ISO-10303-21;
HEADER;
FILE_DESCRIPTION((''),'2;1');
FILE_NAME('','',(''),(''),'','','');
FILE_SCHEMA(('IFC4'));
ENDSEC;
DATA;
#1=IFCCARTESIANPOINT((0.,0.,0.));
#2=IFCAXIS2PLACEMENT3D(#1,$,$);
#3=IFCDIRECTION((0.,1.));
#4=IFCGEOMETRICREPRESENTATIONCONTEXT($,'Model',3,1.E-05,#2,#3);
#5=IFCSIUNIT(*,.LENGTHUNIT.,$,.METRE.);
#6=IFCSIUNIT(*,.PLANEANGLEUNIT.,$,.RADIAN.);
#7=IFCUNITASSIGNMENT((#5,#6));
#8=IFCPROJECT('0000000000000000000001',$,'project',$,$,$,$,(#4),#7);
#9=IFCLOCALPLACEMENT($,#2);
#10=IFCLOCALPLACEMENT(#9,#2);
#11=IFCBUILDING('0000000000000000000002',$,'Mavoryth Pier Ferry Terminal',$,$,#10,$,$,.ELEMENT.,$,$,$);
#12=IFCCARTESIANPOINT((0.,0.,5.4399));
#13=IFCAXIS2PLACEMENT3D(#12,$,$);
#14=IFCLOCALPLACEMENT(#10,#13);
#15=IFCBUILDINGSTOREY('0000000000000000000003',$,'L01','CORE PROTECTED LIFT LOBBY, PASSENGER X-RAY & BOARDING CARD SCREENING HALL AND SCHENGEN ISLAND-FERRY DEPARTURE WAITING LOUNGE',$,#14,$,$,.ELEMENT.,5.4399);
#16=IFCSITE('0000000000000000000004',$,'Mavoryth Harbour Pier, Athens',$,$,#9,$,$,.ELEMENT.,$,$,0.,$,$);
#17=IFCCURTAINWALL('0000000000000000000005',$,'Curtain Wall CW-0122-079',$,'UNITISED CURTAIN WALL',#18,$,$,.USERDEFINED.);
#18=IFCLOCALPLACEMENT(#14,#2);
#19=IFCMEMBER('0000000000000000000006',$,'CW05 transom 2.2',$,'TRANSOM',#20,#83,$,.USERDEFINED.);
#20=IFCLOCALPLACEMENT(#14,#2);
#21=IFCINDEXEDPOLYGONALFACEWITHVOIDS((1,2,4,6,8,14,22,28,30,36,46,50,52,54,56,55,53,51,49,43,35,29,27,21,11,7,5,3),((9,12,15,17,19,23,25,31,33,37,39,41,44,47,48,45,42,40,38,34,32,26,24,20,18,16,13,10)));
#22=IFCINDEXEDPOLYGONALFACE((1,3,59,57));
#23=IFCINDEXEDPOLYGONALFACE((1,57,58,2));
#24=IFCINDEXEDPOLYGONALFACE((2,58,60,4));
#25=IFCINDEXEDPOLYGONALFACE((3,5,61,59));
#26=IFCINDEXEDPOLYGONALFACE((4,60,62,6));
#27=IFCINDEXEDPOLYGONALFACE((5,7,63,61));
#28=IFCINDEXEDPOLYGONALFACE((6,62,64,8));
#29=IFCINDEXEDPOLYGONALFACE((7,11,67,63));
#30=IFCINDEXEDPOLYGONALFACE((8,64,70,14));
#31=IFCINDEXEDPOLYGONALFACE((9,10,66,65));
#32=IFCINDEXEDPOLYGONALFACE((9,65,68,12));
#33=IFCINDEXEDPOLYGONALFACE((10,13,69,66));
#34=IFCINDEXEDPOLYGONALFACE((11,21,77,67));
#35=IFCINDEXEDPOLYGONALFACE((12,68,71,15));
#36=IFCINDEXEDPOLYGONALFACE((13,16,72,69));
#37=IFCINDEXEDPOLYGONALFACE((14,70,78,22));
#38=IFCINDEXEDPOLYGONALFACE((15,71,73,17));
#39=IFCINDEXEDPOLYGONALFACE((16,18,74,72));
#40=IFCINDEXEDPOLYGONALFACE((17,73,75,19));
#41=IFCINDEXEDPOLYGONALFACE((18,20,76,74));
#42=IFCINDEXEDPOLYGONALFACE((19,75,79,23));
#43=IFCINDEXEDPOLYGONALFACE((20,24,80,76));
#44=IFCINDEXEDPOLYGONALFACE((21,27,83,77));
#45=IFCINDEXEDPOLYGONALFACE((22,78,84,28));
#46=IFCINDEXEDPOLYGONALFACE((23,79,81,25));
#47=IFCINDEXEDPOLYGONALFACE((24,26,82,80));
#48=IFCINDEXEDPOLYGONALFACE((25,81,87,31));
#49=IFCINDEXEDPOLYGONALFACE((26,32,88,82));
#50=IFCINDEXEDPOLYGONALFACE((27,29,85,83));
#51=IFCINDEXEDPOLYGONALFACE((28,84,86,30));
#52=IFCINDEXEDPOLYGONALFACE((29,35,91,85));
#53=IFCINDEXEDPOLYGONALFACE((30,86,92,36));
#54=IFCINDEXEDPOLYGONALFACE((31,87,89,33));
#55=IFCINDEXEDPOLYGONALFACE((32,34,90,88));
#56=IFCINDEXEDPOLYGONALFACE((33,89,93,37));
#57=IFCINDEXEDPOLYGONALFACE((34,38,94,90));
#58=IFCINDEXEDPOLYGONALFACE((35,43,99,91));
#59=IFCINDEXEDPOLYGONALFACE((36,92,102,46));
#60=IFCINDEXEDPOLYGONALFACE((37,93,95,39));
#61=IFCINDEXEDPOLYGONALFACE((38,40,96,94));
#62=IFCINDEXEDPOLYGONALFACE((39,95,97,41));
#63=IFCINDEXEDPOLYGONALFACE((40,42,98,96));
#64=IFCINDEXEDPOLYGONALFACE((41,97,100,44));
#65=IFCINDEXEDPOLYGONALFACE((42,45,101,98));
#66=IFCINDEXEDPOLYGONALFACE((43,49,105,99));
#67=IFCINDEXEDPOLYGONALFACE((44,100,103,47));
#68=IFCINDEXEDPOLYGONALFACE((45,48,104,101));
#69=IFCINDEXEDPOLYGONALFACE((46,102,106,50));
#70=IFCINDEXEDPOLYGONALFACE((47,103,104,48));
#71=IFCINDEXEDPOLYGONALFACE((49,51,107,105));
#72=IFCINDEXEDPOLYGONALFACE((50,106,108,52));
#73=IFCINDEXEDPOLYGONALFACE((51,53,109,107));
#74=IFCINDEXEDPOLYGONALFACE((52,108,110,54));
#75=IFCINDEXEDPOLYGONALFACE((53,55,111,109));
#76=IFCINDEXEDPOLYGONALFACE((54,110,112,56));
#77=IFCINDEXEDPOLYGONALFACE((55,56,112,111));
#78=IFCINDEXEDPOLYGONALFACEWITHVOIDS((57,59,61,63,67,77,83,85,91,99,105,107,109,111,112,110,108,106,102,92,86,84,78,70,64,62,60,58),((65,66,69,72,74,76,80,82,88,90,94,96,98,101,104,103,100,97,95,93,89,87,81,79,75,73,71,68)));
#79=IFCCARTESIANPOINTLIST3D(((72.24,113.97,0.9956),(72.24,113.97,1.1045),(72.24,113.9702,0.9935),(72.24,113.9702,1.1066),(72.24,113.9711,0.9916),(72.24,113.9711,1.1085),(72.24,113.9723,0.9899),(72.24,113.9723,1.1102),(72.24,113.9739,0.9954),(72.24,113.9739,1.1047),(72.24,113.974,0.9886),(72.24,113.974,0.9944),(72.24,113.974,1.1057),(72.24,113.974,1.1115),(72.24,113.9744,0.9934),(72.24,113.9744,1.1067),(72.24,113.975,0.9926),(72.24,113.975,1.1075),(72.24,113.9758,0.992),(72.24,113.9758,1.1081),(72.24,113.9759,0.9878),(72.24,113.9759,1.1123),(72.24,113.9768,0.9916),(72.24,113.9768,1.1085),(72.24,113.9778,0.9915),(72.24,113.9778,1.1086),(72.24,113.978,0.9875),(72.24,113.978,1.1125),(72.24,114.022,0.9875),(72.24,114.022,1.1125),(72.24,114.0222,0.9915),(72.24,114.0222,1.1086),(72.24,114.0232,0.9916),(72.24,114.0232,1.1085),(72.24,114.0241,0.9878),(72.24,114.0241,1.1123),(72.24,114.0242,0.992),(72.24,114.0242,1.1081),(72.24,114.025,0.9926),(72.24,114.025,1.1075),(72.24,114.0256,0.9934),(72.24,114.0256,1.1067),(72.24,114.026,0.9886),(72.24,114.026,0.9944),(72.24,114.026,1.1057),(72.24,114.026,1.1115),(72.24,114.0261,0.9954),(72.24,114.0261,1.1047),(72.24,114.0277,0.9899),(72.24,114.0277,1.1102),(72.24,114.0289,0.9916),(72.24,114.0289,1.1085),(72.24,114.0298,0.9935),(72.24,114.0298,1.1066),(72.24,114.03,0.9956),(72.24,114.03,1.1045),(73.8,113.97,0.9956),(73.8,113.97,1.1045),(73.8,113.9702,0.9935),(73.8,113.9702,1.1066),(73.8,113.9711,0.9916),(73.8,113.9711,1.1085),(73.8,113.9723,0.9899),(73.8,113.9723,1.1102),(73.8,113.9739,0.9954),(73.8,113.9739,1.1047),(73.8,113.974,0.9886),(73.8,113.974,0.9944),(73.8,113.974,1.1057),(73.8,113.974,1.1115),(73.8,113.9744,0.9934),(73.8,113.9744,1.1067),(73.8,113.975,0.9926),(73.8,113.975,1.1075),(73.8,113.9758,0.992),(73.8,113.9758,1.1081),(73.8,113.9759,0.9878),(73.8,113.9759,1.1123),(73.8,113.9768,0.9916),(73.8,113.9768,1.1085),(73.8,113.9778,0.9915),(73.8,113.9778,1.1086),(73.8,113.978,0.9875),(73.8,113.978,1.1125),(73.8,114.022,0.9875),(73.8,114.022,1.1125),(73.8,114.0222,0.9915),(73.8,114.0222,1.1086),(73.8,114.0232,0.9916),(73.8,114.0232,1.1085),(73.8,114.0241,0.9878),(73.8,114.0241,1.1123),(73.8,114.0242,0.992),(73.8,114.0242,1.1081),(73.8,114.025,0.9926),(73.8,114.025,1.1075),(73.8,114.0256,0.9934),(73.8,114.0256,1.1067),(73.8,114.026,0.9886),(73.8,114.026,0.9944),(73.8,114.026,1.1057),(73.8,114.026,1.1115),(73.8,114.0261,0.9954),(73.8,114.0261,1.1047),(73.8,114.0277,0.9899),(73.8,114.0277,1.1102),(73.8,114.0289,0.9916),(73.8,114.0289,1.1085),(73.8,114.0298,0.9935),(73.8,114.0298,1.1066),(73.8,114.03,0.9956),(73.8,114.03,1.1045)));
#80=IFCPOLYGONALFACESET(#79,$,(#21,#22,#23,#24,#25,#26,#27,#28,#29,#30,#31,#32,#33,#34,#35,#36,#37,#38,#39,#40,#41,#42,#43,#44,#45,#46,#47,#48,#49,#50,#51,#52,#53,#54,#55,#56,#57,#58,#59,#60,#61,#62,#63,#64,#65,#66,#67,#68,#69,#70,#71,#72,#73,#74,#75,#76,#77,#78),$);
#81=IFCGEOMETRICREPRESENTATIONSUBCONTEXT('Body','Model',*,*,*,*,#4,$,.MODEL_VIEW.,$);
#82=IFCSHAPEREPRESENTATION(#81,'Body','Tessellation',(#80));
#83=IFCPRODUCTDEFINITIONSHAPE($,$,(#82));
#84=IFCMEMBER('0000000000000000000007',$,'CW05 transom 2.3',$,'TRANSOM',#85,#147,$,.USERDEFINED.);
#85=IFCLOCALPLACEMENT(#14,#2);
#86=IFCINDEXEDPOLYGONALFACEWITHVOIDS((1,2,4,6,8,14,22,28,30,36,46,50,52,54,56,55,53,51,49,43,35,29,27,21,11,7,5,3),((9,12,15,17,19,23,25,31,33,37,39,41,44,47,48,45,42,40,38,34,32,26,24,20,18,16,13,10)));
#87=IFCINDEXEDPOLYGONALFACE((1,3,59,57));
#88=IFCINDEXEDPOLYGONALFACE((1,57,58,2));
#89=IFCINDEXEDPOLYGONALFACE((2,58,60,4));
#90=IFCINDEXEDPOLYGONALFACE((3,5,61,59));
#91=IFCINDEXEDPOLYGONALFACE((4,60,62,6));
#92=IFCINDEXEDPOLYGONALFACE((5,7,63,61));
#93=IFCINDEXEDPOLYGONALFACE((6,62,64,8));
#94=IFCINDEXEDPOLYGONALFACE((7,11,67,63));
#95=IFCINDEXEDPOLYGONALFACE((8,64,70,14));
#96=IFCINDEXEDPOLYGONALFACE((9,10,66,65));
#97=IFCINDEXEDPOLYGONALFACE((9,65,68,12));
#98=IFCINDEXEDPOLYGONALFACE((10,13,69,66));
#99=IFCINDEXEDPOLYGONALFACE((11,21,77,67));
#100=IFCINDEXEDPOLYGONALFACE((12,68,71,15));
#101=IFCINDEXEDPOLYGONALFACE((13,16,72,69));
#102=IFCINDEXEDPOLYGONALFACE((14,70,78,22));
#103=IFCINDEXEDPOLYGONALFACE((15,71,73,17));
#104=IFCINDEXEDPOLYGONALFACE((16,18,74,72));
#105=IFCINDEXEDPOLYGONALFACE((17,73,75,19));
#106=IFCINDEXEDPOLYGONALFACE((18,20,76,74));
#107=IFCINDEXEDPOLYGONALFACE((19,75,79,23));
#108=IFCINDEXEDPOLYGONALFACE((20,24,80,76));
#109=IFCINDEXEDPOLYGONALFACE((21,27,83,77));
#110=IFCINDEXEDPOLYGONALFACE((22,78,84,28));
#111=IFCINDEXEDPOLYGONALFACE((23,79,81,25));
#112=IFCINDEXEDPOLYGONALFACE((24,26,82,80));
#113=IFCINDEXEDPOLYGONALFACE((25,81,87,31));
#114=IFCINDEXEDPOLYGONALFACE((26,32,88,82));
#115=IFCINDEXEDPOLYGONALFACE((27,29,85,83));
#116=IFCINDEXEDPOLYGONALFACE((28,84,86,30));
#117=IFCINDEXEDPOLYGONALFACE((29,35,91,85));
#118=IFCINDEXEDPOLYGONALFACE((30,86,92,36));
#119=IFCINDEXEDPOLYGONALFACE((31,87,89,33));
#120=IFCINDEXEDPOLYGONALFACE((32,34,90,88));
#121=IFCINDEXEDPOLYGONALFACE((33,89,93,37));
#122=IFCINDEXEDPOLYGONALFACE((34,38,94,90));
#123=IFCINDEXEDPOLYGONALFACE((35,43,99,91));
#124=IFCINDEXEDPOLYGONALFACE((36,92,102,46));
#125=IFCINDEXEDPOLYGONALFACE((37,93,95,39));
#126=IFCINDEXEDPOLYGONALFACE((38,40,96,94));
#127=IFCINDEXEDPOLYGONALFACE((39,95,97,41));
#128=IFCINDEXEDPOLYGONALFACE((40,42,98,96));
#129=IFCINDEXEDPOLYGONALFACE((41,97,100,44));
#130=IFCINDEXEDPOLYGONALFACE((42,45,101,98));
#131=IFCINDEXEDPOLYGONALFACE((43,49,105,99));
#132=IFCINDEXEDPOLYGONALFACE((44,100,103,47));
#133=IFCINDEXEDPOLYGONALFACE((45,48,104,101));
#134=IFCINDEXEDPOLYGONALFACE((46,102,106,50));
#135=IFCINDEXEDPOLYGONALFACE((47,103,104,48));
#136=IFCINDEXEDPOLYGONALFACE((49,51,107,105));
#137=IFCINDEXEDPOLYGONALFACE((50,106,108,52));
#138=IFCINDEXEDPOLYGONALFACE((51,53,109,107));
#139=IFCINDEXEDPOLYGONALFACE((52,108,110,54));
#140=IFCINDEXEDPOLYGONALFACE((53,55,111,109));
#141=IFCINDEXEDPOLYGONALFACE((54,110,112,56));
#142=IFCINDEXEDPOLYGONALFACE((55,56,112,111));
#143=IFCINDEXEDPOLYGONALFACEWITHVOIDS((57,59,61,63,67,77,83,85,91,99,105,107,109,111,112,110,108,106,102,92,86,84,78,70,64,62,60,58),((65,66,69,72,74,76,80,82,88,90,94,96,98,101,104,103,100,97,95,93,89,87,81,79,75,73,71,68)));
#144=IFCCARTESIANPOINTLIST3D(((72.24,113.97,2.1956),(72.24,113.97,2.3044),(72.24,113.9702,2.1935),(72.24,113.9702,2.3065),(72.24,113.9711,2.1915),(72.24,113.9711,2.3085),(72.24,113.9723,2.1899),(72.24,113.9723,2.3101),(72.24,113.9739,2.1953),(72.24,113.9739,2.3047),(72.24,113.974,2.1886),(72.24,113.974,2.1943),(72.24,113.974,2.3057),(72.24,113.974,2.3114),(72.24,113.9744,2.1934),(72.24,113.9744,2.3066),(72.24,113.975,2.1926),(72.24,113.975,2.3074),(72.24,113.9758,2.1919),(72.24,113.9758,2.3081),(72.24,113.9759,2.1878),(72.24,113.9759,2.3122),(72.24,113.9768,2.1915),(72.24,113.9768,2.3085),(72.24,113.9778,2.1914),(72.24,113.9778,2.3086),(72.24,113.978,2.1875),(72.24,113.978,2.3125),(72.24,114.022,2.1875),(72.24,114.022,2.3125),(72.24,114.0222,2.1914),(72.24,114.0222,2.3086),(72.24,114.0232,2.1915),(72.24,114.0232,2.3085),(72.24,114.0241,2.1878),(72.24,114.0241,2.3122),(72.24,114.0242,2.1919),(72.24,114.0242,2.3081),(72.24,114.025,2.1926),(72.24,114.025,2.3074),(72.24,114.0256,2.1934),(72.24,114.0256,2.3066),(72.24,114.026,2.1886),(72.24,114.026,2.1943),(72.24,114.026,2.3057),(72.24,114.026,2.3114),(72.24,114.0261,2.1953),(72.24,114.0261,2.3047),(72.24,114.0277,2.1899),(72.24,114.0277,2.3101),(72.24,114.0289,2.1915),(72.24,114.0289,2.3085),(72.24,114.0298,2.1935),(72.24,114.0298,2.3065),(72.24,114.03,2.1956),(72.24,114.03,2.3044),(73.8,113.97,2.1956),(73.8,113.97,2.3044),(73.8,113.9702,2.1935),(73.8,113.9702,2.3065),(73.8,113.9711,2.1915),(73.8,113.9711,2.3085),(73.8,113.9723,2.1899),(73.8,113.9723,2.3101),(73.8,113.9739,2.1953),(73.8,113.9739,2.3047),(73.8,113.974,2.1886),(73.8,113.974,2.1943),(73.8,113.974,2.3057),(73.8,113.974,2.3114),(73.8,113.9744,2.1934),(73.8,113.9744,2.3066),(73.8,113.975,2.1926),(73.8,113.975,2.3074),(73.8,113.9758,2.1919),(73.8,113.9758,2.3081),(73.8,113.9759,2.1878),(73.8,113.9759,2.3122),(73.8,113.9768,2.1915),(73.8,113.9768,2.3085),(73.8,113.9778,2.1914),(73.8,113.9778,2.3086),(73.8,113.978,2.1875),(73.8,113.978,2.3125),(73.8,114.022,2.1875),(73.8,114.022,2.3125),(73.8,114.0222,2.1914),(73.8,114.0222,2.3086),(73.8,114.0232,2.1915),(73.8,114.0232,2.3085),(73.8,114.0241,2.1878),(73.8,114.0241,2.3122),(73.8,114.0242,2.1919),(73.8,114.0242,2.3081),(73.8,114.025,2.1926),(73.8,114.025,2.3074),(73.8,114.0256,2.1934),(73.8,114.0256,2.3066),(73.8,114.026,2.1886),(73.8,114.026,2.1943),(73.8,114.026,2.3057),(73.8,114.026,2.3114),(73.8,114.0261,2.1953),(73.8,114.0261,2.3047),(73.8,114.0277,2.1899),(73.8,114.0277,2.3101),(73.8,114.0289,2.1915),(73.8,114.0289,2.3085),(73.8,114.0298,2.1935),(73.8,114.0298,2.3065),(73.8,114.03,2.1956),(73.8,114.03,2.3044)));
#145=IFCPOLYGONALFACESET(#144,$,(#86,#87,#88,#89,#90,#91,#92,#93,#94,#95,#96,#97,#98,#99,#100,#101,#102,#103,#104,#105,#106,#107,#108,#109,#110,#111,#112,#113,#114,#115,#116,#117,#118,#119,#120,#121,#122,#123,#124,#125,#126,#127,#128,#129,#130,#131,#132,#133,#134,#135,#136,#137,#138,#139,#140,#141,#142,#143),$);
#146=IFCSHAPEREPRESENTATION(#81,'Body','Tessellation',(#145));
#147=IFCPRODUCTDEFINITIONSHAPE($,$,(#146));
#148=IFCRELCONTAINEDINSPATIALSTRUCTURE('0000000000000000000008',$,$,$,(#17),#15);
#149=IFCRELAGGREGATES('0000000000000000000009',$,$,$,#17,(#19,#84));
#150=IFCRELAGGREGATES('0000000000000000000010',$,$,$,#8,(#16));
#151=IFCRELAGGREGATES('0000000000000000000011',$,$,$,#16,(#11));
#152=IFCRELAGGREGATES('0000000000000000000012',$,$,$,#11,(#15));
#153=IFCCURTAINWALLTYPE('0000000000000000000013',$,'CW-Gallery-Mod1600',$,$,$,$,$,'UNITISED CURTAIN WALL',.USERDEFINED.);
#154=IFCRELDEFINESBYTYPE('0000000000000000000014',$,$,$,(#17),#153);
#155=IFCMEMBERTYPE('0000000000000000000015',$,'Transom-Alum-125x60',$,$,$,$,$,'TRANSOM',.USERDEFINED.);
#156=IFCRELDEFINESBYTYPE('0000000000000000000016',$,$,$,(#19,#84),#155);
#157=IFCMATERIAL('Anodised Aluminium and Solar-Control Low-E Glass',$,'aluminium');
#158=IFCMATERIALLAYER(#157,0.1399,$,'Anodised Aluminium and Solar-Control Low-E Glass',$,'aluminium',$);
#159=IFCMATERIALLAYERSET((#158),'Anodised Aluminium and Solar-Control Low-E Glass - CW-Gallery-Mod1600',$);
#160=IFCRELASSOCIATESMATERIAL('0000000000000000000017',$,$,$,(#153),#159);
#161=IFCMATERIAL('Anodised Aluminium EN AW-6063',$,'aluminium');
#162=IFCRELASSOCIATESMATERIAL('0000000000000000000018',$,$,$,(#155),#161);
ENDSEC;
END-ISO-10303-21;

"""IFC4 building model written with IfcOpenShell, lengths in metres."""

from ifc_helpers import new_model, si_unit, direction, frame, origin, origin_2d, place, context, subcontext, project, spatial, hollow_rectangle, extrude, material, layer, layer_set, material_profile, profile_set, type_object, element, aggregate, save


model = new_model("IFC4")

# Units and contexts
model_context = context("Model", 3, precision=1e-05, world=origin(), true_north=direction((0.0, 1.0)))
body_context = subcontext(model_context, "Body", "Model", "MODEL_VIEW")
ifc_project = project(units=[si_unit("LENGTHUNIT", "METRE"), si_unit("PLANEANGLEUNIT", "RADIAN")], contexts=[model_context])

# Site, building, storey
site_placement = place(None, origin())
site = spatial("IfcSite", under=ifc_project, at=site_placement, Name="Mavoryth Harbour Pier, Athens", CompositionType="ELEMENT", RefElevation=0.0)
building_placement = place(site_placement, origin())
building = spatial("IfcBuilding", under=site, at=building_placement, Name="Mavoryth Pier Ferry Terminal", CompositionType="ELEMENT")
storey_placement = place(building_placement, frame((0.0, 0.0, 5.4399)))
storey = spatial("IfcBuildingStorey", under=building, at=storey_placement, Name="L01", Description="CORE PROTECTED LIFT LOBBY, PASSENGER X-RAY & BOARDING CARD SCREENING HALL AND SCHENGEN ISLAND-FERRY DEPARTURE WAITING LOUNGE", CompositionType="ELEMENT", Elevation=5.4399)

# Curtain wall
ifc_material_1 = material(Name="Anodised Aluminium and Solar-Control Low-E Glass", Category="aluminium")
ifc_layer_1 = layer(ifc_material_1, 0.1399, Name="Anodised Aluminium and Solar-Control Low-E Glass", Category="aluminium")
ifc_layer_set_1 = layer_set([ifc_layer_1], Name="Anodised Aluminium and Solar-Control Low-E Glass - CW-Gallery-Mod1600")
curtain_wall_type = type_object("IfcCurtainWallType", Name="CW-Gallery-Mod1600", ElementType="UNITISED CURTAIN WALL", PredefinedType="USERDEFINED", material=ifc_layer_set_1)
curtain_wall_1_placement = place(storey_placement, origin())
curtain_wall_1 = element("IfcCurtainWall", 1, at=curtain_wall_1_placement, inside=storey, type_object=curtain_wall_type, Name="Curtain Wall CW-0122-079", ObjectType="UNITISED CURTAIN WALL", PredefinedType="USERDEFINED")
ifc_material_2 = material(Name="Anodised Aluminium EN AW-6063", Category="aluminium")

# Members
ifc_material_profile_1 = material_profile(ifc_material_2, hollow_rectangle(XDim=0.0601, YDim=0.125, WallThickness=0.0039, InnerFilletRadius=0.0039, OuterFilletRadius=0.0081, at=origin_2d()), Name="AL-TRAN 125x60x4", Category="aluminium")
ifc_profile_set_1 = profile_set([ifc_material_profile_1], Name="Anodised Aluminium EN AW-6063 - AL-TRAN 125x60x4")
member_type_1 = type_object("IfcMemberType", Name="Transom-Alum-125x60", ElementType="TRANSOM", PredefinedType="USERDEFINED", material=ifc_profile_set_1)
member_1_placement = place(storey_placement, frame((73.8, 114.0, 1.05), z_axis=(-1.0, 0.0, 0.0), x_axis=(0.0, -1.0, 0.0)))
member_1 = element("IfcMember", 2, at=member_1_placement, type_object=member_type_1, Name="CW05 transom 2.2", ObjectType="TRANSOM", PredefinedType="USERDEFINED", context=body_context, shape_type="SweptSolid", body=[
    extrude(hollow_rectangle(XDim=0.0601, YDim=0.125, WallThickness=0.0039, InnerFilletRadius=0.0039, OuterFilletRadius=0.0081, at=origin_2d()), origin(), (0.0, 0.0, 1.0), 1.5601),
])
member_2_placement = place(storey_placement, frame((73.8, 114.0, 2.25), z_axis=(-1.0, 0.0, 0.0), x_axis=(0.0, -1.0, 0.0)))
member_2 = element("IfcMember", 3, at=member_2_placement, type_object=member_type_1, Name="CW05 transom 2.3", ObjectType="TRANSOM", PredefinedType="USERDEFINED", context=body_context, shape_type="SweptSolid", body=[
    extrude(hollow_rectangle(XDim=0.0601, YDim=0.125, WallThickness=0.0039, InnerFilletRadius=0.0039, OuterFilletRadius=0.0081, at=origin_2d()), origin(), (0.0, 0.0, 1.0), 1.5601),
])

aggregate(curtain_wall_1, [member_1, member_2])

save(model, "model.ifc")
